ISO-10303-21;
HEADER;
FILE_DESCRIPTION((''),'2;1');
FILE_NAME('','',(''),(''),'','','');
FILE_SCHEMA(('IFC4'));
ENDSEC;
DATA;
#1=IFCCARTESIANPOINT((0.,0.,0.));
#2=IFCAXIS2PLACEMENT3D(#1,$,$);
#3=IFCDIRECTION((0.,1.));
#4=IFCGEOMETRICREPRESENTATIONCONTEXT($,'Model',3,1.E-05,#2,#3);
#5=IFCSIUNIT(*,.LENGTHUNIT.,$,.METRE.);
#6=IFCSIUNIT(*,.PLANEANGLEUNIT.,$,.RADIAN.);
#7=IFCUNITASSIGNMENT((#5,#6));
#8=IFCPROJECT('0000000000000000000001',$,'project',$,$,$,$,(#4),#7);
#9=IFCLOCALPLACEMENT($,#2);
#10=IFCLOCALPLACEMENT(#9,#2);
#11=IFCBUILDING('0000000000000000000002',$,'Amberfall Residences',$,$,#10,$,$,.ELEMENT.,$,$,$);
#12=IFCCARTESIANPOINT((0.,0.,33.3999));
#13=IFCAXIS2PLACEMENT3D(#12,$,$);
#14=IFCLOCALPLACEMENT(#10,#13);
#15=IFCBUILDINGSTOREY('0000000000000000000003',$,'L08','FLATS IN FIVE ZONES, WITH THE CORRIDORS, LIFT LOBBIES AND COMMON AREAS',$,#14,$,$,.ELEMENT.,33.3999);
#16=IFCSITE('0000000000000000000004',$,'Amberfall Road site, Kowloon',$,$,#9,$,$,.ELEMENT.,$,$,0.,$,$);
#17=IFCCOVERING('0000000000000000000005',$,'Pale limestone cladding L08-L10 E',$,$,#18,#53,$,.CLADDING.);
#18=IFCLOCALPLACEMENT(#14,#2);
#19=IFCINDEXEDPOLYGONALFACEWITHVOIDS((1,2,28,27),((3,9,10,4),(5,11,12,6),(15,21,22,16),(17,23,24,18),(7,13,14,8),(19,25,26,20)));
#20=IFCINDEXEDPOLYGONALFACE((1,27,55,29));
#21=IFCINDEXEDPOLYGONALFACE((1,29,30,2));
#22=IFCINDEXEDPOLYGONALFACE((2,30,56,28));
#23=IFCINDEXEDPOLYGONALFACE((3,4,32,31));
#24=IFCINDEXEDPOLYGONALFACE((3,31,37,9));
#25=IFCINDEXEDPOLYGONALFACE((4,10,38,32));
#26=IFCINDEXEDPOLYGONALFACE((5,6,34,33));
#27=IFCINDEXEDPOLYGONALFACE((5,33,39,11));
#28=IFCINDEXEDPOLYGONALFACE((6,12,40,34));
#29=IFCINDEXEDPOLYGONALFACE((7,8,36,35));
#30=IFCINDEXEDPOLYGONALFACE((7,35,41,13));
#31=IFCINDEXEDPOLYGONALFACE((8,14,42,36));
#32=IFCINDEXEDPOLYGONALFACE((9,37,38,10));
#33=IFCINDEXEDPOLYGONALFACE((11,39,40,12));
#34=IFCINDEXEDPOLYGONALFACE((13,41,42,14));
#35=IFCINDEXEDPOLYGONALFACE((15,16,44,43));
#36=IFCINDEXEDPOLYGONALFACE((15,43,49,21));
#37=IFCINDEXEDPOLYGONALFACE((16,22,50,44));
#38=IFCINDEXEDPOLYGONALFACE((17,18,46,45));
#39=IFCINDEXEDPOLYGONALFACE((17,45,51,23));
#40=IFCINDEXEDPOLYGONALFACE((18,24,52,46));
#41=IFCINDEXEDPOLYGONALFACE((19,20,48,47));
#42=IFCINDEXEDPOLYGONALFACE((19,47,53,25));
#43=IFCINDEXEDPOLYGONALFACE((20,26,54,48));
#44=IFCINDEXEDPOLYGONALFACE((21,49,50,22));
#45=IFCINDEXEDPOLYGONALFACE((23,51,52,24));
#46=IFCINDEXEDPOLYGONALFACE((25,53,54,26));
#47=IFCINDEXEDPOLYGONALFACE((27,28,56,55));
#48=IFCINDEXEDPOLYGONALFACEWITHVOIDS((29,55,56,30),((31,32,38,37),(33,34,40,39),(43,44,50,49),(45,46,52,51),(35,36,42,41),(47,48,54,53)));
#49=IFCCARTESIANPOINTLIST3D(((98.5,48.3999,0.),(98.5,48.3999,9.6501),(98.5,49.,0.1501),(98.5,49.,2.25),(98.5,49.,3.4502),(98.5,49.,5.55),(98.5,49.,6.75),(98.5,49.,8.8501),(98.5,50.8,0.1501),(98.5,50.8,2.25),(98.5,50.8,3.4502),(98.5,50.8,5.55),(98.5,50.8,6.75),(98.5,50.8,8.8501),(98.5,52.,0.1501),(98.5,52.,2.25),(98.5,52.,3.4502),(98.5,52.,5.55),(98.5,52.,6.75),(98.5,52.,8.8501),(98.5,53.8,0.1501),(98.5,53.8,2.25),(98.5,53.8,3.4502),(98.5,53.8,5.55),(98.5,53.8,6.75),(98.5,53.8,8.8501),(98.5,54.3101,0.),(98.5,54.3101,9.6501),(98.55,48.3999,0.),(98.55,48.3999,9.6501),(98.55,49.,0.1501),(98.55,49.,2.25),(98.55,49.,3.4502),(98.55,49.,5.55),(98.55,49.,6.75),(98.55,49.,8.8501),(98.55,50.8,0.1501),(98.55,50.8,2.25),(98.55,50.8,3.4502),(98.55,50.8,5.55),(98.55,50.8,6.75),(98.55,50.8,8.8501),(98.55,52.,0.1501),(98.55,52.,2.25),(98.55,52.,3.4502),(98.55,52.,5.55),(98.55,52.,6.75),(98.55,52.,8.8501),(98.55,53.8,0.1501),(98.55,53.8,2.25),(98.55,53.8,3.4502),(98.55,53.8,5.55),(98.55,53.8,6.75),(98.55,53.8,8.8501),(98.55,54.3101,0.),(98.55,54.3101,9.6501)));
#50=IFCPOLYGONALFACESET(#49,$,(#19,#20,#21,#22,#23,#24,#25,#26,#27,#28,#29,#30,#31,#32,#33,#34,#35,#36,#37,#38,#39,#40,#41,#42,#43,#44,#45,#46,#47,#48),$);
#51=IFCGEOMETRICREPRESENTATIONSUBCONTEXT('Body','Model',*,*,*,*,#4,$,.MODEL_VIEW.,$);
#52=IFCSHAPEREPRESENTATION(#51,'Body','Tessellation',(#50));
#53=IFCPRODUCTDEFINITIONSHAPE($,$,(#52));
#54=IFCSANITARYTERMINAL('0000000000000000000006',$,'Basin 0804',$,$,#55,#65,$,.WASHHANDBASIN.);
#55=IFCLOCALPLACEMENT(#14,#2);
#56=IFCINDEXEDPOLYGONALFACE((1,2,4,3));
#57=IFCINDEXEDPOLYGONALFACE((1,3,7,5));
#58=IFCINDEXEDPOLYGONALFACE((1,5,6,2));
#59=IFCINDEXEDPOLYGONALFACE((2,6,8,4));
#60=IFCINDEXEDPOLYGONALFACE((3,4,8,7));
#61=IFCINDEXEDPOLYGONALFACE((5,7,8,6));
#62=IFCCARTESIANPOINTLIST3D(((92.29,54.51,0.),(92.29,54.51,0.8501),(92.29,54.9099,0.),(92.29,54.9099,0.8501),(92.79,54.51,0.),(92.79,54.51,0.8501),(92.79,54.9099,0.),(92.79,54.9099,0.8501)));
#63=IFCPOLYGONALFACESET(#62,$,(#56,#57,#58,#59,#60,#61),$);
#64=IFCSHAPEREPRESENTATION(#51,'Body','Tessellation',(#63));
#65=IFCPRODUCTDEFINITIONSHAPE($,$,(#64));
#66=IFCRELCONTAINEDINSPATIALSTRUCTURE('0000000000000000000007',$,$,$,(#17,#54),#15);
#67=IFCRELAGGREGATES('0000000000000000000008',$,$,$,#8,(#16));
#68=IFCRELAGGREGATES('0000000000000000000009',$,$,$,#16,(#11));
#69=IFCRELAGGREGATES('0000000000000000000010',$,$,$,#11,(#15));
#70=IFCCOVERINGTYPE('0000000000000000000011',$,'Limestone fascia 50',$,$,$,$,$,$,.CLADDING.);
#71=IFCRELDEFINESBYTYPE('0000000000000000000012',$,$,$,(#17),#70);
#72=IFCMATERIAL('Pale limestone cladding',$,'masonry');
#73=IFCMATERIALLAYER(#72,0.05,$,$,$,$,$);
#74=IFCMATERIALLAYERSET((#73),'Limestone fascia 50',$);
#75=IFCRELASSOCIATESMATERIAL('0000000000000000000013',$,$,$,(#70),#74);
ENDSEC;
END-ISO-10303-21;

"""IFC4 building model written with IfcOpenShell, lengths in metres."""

from ifc_helpers import new_model, si_unit, direction, frame, origin, origin_2d, place, context, subcontext, project, spatial, polyline, rectangle, outline, extrude, material, layer, layer_set, type_object, element, save


model = new_model("IFC4")

# Units and contexts
model_context = context("Model", 3, precision=1e-05, world=origin(), true_north=direction((0.0, 1.0)))
body_context = subcontext(model_context, "Body", "Model", "MODEL_VIEW")
ifc_project = project(units=[si_unit("LENGTHUNIT", "METRE"), si_unit("PLANEANGLEUNIT", "RADIAN")], contexts=[model_context])

# Site, building, storey
site_placement = place(None, origin())
site = spatial("IfcSite", under=ifc_project, at=site_placement, Name="Amberfall Road site, Kowloon", CompositionType="ELEMENT", RefElevation=0.0)
building_placement = place(site_placement, origin())
building = spatial("IfcBuilding", under=site, at=building_placement, Name="Amberfall Residences", CompositionType="ELEMENT")
storey_placement = place(building_placement, frame((0.0, 0.0, 33.3999)))
storey = spatial("IfcBuildingStorey", under=building, at=storey_placement, Name="L08", Description="FLATS IN FIVE ZONES, WITH THE CORRIDORS, LIFT LOBBIES AND COMMON AREAS", CompositionType="ELEMENT", Elevation=33.3999)

# Covering
ifc_material_1 = material(Name="Pale limestone cladding", Category="masonry")
ifc_layer_1 = layer(ifc_material_1, 0.05)
ifc_layer_set_1 = layer_set([ifc_layer_1], Name="Limestone fascia 50")
covering_type = type_object("IfcCoveringType", Name="Limestone fascia 50", PredefinedType="CLADDING", material=ifc_layer_set_1)
covering_1_placement = place(storey_placement, frame((98.5, 48.3999, 9.6501), z_axis=(-1.0, 0.0, 0.0), x_axis=(0.0, 1.0, 0.0)))
element("IfcCovering", 1, at=covering_1_placement, inside=storey, type_object=covering_type, Name="Pale limestone cladding L08-L10 E", PredefinedType="CLADDING", context=body_context, shape_type="SweptSolid", body=[
    extrude(outline(polyline([(0.0, 0.0), (5.9102, 0.0), (5.9102, 9.6501), (0.0, 9.6501), (0.0, 0.0)]), holes=[polyline([(0.6001, 7.4001), (2.4001, 7.4001), (2.4001, 9.5), (0.6001, 9.5), (0.6001, 7.4001)]), polyline([(3.6001, 7.4001), (5.4001, 7.4001), (5.4001, 9.5), (3.6001, 9.5), (3.6001, 7.4001)]), polyline([(0.6001, 4.1001), (2.4001, 4.1001), (2.4001, 6.2), (0.6001, 6.2), (0.6001, 4.1001)]), polyline([(3.6001, 4.1001), (5.4001, 4.1001), (5.4001, 6.2), (3.6001, 6.2), (3.6001, 4.1001)]), polyline([(0.6001, 0.8), (2.4001, 0.8), (2.4001, 2.9001), (0.6001, 2.9001), (0.6001, 0.8)]), polyline([(3.6001, 0.8), (5.4001, 0.8), (5.4001, 2.9001), (3.6001, 2.9001), (3.6001, 0.8)])]), origin(), (0.0, 0.0, -1.0), 0.05),
])

# Sanitary terminal
sanitary_terminal_placement = place(storey_placement, frame((92.54, 54.71, 0.0), z_axis=(0.0, 0.0, 1.0), x_axis=(1.0, 0.0, 0.0)))
element("IfcSanitaryTerminal", 2, at=sanitary_terminal_placement, inside=storey, Name="Basin 0804", PredefinedType="WASHHANDBASIN", context=body_context, shape_type="SweptSolid", body=[
    extrude(rectangle(XDim=0.5, YDim=0.3999, at=origin_2d()), origin(), (0.0, 0.0, 1.0), 0.8501),
])

save(model, "model.ifc")
